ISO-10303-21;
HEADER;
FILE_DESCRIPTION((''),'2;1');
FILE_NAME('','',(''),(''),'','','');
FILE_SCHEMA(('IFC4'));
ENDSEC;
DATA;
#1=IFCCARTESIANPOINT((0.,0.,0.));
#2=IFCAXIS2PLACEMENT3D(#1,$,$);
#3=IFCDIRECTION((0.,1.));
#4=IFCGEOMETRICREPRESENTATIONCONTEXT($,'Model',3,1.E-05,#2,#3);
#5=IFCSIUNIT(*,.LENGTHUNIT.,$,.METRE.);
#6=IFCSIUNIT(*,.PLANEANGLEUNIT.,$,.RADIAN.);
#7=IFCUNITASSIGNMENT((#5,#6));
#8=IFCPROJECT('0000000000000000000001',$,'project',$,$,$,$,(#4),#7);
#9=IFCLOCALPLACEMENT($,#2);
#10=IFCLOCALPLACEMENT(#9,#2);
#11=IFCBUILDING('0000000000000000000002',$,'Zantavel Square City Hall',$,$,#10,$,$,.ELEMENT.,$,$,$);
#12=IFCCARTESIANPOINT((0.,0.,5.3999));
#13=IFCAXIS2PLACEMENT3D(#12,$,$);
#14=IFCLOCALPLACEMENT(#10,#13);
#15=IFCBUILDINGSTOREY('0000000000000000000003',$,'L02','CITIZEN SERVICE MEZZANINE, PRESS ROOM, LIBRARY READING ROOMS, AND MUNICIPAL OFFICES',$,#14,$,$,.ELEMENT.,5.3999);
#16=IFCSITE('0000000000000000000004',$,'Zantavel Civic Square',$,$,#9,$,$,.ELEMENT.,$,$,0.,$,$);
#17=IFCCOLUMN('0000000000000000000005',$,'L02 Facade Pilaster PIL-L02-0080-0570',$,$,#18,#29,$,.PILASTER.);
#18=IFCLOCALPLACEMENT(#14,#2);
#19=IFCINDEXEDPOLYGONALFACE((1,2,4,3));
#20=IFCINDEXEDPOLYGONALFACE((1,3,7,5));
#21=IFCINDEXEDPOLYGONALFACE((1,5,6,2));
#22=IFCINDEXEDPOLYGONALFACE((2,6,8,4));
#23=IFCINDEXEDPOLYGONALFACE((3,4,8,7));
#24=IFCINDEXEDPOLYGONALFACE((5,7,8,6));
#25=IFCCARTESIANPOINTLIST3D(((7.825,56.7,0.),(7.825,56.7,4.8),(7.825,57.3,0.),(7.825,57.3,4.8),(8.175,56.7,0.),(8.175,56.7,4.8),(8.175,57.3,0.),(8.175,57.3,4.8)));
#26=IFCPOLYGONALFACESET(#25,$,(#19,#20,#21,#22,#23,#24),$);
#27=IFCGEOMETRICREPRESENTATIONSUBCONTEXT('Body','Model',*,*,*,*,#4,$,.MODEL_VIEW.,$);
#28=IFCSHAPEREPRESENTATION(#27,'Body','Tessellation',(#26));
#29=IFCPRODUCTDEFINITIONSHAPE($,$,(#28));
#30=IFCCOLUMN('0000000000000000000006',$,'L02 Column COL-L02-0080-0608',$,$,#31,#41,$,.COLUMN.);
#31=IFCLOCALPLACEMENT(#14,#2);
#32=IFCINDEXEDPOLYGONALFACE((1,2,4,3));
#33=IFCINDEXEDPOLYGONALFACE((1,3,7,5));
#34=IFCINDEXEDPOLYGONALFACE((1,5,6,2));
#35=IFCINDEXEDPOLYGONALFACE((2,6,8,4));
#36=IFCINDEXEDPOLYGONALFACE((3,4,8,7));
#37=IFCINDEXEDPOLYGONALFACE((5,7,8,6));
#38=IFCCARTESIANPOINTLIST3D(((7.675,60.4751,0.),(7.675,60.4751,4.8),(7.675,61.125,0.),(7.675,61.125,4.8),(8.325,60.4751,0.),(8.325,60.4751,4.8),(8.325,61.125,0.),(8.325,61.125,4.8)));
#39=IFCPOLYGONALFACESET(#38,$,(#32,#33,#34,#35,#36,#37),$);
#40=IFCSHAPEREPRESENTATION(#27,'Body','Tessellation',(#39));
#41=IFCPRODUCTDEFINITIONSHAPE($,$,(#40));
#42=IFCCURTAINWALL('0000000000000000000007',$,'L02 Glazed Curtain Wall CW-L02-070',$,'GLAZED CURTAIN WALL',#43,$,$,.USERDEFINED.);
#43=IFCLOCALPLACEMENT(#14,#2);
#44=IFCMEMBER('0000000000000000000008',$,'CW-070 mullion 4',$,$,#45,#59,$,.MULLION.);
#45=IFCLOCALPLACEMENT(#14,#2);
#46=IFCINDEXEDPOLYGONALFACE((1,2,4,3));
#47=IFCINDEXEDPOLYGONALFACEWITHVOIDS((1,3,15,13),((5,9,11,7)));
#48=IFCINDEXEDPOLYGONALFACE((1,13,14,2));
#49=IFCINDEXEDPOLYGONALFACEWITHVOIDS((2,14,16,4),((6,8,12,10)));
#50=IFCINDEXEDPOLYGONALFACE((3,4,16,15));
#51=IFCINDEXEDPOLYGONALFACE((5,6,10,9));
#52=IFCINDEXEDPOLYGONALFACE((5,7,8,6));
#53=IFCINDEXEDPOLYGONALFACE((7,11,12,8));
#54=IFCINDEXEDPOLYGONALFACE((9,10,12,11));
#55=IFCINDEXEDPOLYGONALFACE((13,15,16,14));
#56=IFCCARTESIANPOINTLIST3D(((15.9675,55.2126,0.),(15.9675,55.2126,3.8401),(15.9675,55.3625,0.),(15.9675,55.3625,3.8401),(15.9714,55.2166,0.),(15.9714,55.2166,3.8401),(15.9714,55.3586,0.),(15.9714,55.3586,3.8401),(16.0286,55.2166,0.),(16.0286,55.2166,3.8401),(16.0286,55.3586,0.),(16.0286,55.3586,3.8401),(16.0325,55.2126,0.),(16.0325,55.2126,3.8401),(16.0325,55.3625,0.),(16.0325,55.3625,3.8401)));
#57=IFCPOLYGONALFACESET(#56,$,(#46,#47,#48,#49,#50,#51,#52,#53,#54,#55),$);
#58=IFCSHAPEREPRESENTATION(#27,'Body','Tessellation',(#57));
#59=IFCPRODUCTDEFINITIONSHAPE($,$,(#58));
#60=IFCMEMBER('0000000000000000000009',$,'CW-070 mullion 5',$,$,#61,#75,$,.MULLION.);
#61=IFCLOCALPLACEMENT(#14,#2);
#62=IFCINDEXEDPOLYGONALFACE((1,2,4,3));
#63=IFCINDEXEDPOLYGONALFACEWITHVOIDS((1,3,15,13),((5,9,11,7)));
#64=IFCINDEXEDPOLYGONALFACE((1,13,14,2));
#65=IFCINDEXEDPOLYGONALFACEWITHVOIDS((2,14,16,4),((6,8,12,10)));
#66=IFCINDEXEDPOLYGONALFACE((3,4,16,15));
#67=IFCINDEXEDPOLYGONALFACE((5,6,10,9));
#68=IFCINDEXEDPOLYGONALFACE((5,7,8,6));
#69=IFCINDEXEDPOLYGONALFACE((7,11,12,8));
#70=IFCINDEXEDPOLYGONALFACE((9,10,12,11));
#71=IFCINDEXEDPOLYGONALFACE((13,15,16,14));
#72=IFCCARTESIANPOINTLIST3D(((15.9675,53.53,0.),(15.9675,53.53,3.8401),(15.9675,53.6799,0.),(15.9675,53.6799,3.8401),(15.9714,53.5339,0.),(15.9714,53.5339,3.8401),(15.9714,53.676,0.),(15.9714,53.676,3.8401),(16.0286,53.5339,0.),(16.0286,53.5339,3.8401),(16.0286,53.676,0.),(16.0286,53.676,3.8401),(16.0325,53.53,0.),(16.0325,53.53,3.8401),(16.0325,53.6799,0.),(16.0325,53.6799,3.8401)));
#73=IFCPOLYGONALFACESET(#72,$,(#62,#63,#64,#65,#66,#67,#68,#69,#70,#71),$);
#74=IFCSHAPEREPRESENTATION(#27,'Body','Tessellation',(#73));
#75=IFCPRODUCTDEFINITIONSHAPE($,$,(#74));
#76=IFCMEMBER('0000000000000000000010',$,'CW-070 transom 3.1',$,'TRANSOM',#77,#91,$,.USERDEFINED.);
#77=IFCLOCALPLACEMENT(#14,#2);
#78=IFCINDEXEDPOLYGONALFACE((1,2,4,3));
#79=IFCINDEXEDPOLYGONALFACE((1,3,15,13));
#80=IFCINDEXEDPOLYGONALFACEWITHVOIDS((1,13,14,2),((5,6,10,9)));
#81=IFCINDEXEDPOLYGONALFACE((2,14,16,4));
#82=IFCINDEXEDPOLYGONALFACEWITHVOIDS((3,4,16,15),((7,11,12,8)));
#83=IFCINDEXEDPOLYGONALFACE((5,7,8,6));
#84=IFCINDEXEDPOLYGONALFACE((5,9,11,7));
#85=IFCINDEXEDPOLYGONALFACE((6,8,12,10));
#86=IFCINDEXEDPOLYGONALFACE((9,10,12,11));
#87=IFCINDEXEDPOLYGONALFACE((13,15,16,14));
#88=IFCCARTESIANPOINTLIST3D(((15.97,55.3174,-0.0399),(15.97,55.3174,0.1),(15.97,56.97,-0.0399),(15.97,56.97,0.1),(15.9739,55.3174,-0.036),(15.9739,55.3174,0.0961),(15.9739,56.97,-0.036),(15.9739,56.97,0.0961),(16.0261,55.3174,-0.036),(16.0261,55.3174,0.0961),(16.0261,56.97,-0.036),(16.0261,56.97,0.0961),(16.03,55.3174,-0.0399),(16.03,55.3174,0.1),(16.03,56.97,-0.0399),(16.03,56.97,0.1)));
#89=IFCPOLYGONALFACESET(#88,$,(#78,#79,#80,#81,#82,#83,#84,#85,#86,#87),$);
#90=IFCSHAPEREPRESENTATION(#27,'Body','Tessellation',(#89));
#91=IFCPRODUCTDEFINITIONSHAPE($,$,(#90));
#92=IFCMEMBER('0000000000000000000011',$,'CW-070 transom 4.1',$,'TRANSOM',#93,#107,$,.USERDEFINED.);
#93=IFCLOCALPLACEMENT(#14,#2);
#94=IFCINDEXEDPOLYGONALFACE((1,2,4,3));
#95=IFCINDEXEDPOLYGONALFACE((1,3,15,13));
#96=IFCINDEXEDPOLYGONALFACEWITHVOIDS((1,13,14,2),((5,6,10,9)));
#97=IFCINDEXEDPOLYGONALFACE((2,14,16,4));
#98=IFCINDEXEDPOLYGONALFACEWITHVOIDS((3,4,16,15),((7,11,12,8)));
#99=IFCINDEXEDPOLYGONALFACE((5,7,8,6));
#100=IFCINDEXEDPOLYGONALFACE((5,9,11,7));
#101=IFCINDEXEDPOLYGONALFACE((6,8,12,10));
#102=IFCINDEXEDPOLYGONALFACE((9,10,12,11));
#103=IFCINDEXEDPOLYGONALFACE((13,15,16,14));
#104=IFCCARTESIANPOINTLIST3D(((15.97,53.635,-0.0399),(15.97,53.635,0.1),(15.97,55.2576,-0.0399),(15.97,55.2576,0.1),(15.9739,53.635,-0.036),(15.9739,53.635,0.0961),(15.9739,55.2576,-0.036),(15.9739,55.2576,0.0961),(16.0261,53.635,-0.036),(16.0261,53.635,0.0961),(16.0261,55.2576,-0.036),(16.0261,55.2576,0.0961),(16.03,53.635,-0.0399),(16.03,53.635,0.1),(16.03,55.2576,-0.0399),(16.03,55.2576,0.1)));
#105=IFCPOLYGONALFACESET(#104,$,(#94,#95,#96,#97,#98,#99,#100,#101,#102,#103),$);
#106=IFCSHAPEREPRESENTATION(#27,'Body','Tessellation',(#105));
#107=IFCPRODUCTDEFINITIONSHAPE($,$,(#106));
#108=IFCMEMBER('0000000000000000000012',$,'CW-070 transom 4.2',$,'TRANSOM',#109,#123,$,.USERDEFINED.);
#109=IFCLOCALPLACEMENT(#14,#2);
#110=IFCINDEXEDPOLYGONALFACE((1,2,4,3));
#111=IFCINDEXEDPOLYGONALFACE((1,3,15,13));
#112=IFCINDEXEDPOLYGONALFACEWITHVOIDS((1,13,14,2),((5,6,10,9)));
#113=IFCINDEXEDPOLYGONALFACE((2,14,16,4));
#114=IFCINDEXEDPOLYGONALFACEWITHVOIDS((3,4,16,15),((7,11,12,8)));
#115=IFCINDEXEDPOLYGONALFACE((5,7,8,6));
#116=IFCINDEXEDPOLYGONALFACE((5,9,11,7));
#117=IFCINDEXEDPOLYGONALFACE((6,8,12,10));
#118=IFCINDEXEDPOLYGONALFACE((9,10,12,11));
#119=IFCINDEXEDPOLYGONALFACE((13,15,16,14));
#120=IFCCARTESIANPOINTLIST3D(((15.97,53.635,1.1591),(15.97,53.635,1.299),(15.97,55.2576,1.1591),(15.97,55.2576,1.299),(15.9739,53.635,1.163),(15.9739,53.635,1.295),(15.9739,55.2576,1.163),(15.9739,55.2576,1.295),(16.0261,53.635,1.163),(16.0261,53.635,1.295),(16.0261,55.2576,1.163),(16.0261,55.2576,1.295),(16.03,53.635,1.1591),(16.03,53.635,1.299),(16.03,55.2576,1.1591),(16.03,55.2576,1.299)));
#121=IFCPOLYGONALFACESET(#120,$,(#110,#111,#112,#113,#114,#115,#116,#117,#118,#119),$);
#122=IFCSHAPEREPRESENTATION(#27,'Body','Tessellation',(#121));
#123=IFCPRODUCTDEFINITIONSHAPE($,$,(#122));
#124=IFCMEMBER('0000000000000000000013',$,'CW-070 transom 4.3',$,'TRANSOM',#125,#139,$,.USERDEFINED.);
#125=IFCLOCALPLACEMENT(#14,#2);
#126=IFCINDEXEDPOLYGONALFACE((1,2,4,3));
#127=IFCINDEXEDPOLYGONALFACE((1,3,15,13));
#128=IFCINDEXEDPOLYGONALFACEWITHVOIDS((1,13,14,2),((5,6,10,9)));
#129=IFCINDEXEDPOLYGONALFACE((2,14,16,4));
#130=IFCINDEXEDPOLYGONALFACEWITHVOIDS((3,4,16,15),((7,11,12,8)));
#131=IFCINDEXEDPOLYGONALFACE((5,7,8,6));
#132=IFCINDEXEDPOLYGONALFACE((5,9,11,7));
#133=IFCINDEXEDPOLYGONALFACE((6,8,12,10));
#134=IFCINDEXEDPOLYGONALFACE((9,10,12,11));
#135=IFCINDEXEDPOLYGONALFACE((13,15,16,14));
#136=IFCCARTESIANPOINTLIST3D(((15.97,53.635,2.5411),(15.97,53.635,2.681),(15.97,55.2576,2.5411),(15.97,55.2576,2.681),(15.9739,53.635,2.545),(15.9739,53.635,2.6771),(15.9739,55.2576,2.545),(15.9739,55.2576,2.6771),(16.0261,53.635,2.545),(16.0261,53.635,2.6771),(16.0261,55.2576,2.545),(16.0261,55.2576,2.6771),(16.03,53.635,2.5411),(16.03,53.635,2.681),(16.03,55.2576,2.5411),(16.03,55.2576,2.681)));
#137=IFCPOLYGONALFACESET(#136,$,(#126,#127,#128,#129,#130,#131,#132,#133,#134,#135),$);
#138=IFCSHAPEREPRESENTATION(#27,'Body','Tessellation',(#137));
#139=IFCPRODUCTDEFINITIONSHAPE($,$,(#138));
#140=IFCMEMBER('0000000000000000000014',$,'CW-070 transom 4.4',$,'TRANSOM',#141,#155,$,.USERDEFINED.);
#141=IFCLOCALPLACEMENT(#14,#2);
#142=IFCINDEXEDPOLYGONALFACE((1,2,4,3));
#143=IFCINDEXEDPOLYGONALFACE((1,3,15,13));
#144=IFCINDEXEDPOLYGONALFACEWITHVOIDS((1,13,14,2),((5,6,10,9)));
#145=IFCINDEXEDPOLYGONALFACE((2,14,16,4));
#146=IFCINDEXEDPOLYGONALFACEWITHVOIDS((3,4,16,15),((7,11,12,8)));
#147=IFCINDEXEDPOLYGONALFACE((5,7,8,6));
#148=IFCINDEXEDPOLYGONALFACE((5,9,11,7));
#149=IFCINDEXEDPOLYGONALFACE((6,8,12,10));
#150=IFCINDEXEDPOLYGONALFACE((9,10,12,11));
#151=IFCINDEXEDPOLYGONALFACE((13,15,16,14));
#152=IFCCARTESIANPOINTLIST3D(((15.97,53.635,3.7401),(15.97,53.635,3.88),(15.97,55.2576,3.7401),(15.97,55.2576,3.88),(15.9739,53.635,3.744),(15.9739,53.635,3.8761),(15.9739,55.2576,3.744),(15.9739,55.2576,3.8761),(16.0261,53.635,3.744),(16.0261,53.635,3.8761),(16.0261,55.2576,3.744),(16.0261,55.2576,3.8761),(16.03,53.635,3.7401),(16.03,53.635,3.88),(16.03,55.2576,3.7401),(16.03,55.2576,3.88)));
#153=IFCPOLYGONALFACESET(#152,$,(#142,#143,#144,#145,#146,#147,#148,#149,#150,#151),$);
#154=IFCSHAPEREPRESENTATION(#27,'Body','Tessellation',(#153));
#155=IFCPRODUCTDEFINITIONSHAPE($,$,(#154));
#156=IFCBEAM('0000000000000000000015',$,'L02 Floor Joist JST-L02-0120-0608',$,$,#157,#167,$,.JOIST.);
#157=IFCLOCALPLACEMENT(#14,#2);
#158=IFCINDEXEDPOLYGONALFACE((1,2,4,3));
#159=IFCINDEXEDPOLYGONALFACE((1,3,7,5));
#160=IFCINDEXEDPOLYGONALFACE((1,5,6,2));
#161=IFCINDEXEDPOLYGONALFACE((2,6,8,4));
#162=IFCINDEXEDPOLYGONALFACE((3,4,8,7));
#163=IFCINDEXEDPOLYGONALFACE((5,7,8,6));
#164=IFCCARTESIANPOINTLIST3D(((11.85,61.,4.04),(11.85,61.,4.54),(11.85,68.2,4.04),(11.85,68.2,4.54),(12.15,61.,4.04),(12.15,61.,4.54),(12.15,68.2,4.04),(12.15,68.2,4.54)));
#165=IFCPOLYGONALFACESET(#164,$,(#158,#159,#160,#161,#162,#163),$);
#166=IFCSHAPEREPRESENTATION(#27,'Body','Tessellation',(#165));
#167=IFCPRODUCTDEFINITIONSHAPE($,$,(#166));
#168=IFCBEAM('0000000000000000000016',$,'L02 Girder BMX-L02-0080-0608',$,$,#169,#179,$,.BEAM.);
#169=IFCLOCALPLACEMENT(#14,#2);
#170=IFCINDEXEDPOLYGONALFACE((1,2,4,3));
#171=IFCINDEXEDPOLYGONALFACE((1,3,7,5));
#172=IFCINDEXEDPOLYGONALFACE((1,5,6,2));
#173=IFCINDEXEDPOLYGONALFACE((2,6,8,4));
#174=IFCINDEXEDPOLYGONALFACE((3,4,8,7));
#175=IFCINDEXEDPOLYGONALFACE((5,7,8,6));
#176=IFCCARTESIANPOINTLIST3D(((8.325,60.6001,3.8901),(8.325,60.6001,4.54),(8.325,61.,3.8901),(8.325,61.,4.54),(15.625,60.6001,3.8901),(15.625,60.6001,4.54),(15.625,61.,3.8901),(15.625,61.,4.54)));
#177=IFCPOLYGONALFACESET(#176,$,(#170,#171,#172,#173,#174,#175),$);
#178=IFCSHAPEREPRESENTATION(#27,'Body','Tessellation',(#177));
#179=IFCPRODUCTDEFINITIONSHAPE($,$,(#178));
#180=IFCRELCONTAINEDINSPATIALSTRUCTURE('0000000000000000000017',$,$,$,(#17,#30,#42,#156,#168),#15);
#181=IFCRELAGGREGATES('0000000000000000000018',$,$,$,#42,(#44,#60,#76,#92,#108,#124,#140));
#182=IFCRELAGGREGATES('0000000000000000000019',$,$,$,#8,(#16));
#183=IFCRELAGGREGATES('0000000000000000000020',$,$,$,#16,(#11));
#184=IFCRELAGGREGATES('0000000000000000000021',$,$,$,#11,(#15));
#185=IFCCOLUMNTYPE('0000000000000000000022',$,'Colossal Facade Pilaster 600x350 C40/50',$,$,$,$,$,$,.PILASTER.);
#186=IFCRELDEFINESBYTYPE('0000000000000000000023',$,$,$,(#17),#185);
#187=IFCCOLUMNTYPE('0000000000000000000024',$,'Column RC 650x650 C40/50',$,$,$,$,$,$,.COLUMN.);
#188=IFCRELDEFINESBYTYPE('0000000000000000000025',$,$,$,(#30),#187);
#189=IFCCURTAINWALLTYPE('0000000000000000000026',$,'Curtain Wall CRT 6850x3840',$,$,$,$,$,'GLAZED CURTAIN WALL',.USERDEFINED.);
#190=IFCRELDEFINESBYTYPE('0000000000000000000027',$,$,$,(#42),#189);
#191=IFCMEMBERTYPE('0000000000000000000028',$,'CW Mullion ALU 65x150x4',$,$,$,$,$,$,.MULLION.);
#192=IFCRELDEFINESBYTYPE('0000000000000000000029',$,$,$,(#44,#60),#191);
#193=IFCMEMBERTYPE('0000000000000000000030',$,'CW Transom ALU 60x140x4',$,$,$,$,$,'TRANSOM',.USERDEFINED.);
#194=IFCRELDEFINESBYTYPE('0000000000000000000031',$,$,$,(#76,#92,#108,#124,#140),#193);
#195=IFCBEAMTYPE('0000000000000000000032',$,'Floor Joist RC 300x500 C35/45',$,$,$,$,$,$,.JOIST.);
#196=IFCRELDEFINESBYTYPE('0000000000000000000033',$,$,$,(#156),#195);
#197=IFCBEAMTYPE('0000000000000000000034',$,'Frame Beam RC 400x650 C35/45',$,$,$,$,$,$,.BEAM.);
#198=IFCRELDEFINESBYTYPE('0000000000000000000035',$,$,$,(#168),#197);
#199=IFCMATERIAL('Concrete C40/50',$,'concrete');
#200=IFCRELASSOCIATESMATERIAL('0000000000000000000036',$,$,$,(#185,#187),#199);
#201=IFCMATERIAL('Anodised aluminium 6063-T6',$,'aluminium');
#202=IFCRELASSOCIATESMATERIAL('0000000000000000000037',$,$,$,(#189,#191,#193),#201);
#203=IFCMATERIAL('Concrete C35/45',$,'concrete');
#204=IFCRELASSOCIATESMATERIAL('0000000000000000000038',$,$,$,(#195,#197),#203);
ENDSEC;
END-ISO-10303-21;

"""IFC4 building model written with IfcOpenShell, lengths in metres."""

from ifc_helpers import new_model, si_unit, direction, frame, origin, origin_2d, place, context, subcontext, project, spatial, rectangle, hollow_rectangle, extrude, material, material_profile, profile_set, type_object, element, aggregate, save


model = new_model("IFC4")

# Units and contexts
model_context = context("Model", 3, precision=1e-05, world=origin(), true_north=direction((0.0, 1.0)))
body_context = subcontext(model_context, "Body", "Model", "MODEL_VIEW")
ifc_project = project(units=[si_unit("LENGTHUNIT", "METRE"), si_unit("PLANEANGLEUNIT", "RADIAN")], contexts=[model_context])

# Site, building, storey
site_placement = place(None, origin())
site = spatial("IfcSite", under=ifc_project, at=site_placement, Name="Zantavel Civic Square", CompositionType="ELEMENT", RefElevation=0.0)
building_placement = place(site_placement, origin())
building = spatial("IfcBuilding", under=site, at=building_placement, Name="Zantavel Square City Hall", CompositionType="ELEMENT")
storey_placement = place(building_placement, frame((0.0, 0.0, 5.3999)))
storey = spatial("IfcBuildingStorey", under=building, at=storey_placement, Name="L02", Description="CITIZEN SERVICE MEZZANINE, PRESS ROOM, LIBRARY READING ROOMS, AND MUNICIPAL OFFICES", CompositionType="ELEMENT", Elevation=5.3999)

# Columns
ifc_material_1 = material(Name="Concrete C40/50", Category="concrete")
ifc_material_profile_1 = material_profile(ifc_material_1, rectangle(XDim=0.6001, YDim=0.3501, at=origin_2d()), Name="RC 600x350")
ifc_profile_set_1 = profile_set([ifc_material_profile_1], Name="Concrete C40/50")
column_type_1 = type_object("IfcColumnType", Name="Colossal Facade Pilaster 600x350 C40/50", PredefinedType="PILASTER", material=ifc_profile_set_1)
column_1_placement = place(storey_placement, frame((8.0, 57.0, 0.0), z_axis=(0.0, 0.0, 1.0), x_axis=(0.0, 1.0, 0.0)))
element("IfcColumn", 1, at=column_1_placement, inside=storey, type_object=column_type_1, Name="L02 Facade Pilaster PIL-L02-0080-0570", PredefinedType="PILASTER", context=body_context, shape_type="SweptSolid", body=[
    extrude(rectangle(XDim=0.6001, YDim=0.3501, at=origin_2d()), origin(), (0.0, 0.0, 1.0), 4.8),
])
ifc_material_profile_2 = material_profile(ifc_material_1, rectangle(XDim=0.6499, YDim=0.6499, at=origin_2d()), Name="RC 650x650")
ifc_profile_set_2 = profile_set([ifc_material_profile_2], Name="Concrete C40/50")
column_type_2 = type_object("IfcColumnType", Name="Column RC 650x650 C40/50", PredefinedType="COLUMN", material=ifc_profile_set_2)
column_2_placement = place(storey_placement, frame((8.0, 60.8, 0.0), z_axis=(0.0, 0.0, 1.0), x_axis=(1.0, 0.0, 0.0)))
element("IfcColumn", 2, at=column_2_placement, inside=storey, type_object=column_type_2, Name="L02 Column COL-L02-0080-0608", PredefinedType="COLUMN", context=body_context, shape_type="SweptSolid", body=[
    extrude(rectangle(XDim=0.6499, YDim=0.6499, at=origin_2d()), origin(), (0.0, 0.0, 1.0), 4.8),
])

# Curtain wall, members
ifc_material_2 = material(Name="Anodised aluminium 6063-T6", Category="aluminium")
curtain_wall_type = type_object("IfcCurtainWallType", Name="Curtain Wall CRT 6850x3840", ElementType="GLAZED CURTAIN WALL", PredefinedType="USERDEFINED", material=ifc_material_2)
curtain_wall_placement = place(storey_placement, origin())
curtain_wall = element("IfcCurtainWall", 3, at=curtain_wall_placement, inside=storey, type_object=curtain_wall_type, Name="L02 Glazed Curtain Wall CW-L02-070", ObjectType="GLAZED CURTAIN WALL", PredefinedType="USERDEFINED")
ifc_material_profile_3 = material_profile(ifc_material_2, hollow_rectangle(XDim=0.0649, YDim=0.1499, WallThickness=0.0039, at=origin_2d()), Name="ALU 65x150x4")
ifc_profile_set_3 = profile_set([ifc_material_profile_3], Name="Anodised aluminium 6063-T6")
member_type_1 = type_object("IfcMemberType", Name="CW Mullion ALU 65x150x4", PredefinedType="MULLION", material=ifc_profile_set_3)
member_1_placement = place(storey_placement, frame((16.0, 55.2876, 0.0), z_axis=(0.0, 0.0, 1.0), x_axis=(1.0, 0.0, 0.0)))
member_1 = element("IfcMember", 4, at=member_1_placement, type_object=member_type_1, Name="CW-070 mullion 4", PredefinedType="MULLION", context=body_context, shape_type="SweptSolid", body=[
    extrude(hollow_rectangle(XDim=0.0649, YDim=0.1499, WallThickness=0.0039, at=origin_2d()), origin(), (0.0, 0.0, 1.0), 3.8401),
])
member_2_placement = place(storey_placement, frame((16.0, 53.605, 0.0), z_axis=(0.0, 0.0, 1.0), x_axis=(1.0, 0.0, 0.0)))
member_2 = element("IfcMember", 5, at=member_2_placement, type_object=member_type_1, Name="CW-070 mullion 5", PredefinedType="MULLION", context=body_context, shape_type="SweptSolid", body=[
    extrude(hollow_rectangle(XDim=0.0649, YDim=0.1499, WallThickness=0.0039, at=origin_2d()), origin(), (0.0, 0.0, 1.0), 3.8401),
])
ifc_material_profile_4 = material_profile(ifc_material_2, hollow_rectangle(XDim=0.0601, YDim=0.1399, WallThickness=0.0039, at=origin_2d()), Name="ALU 60x140x4")
ifc_profile_set_4 = profile_set([ifc_material_profile_4], Name="Anodised aluminium 6063-T6")
member_type_2 = type_object("IfcMemberType", Name="CW Transom ALU 60x140x4", ElementType="TRANSOM", PredefinedType="USERDEFINED", material=ifc_profile_set_4)
member_3_placement = place(storey_placement, frame((16.0, 56.97, 0.03), z_axis=(0.0, -1.0, 0.0), x_axis=(1.0, 0.0, 0.0)))
member_3 = element("IfcMember", 6, at=member_3_placement, type_object=member_type_2, Name="CW-070 transom 3.1", ObjectType="TRANSOM", PredefinedType="USERDEFINED", context=body_context, shape_type="SweptSolid", body=[
    extrude(hollow_rectangle(XDim=0.0601, YDim=0.1399, WallThickness=0.0039, at=origin_2d()), origin(), (0.0, 0.0, 1.0), 1.6526),
])
member_4_placement = place(storey_placement, frame((16.0, 55.2576, 0.03), z_axis=(0.0, -1.0, 0.0), x_axis=(1.0, 0.0, 0.0)))
member_4 = element("IfcMember", 7, at=member_4_placement, type_object=member_type_2, Name="CW-070 transom 4.1", ObjectType="TRANSOM", PredefinedType="USERDEFINED", context=body_context, shape_type="SweptSolid", body=[
    extrude(hollow_rectangle(XDim=0.0601, YDim=0.1399, WallThickness=0.0039, at=origin_2d()), origin(), (0.0, 0.0, 1.0), 1.6226),
])
member_5_placement = place(storey_placement, frame((16.0, 55.2576, 1.229), z_axis=(0.0, -1.0, 0.0), x_axis=(1.0, 0.0, 0.0)))
member_5 = element("IfcMember", 8, at=member_5_placement, type_object=member_type_2, Name="CW-070 transom 4.2", ObjectType="TRANSOM", PredefinedType="USERDEFINED", context=body_context, shape_type="SweptSolid", body=[
    extrude(hollow_rectangle(XDim=0.0601, YDim=0.1399, WallThickness=0.0039, at=origin_2d()), origin(), (0.0, 0.0, 1.0), 1.6226),
])
member_6_placement = place(storey_placement, frame((16.0, 55.2576, 2.6111), z_axis=(0.0, -1.0, 0.0), x_axis=(1.0, 0.0, 0.0)))
member_6 = element("IfcMember", 9, at=member_6_placement, type_object=member_type_2, Name="CW-070 transom 4.3", ObjectType="TRANSOM", PredefinedType="USERDEFINED", context=body_context, shape_type="SweptSolid", body=[
    extrude(hollow_rectangle(XDim=0.0601, YDim=0.1399, WallThickness=0.0039, at=origin_2d()), origin(), (0.0, 0.0, 1.0), 1.6226),
])
member_7_placement = place(storey_placement, frame((16.0, 55.2576, 3.8101), z_axis=(0.0, -1.0, 0.0), x_axis=(1.0, 0.0, 0.0)))
member_7 = element("IfcMember", 10, at=member_7_placement, type_object=member_type_2, Name="CW-070 transom 4.4", ObjectType="TRANSOM", PredefinedType="USERDEFINED", context=body_context, shape_type="SweptSolid", body=[
    extrude(hollow_rectangle(XDim=0.0601, YDim=0.1399, WallThickness=0.0039, at=origin_2d()), origin(), (0.0, 0.0, 1.0), 1.6226),
])

# Beams
ifc_material_3 = material(Name="Concrete C35/45", Category="concrete")
ifc_material_profile_5 = material_profile(ifc_material_3, rectangle(XDim=0.3, YDim=0.5, at=origin_2d()), Name="RC 300x500")
ifc_profile_set_5 = profile_set([ifc_material_profile_5], Name="Concrete C35/45")
beam_type_1 = type_object("IfcBeamType", Name="Floor Joist RC 300x500 C35/45", PredefinedType="JOIST", material=ifc_profile_set_5)
beam_1_placement = place(storey_placement, frame((12.0, 61.0, 4.29), z_axis=(0.0, 1.0, 0.0), x_axis=(-1.0, 0.0, 0.0)))
element("IfcBeam", 11, at=beam_1_placement, inside=storey, type_object=beam_type_1, Name="L02 Floor Joist JST-L02-0120-0608", PredefinedType="JOIST", context=body_context, shape_type="SweptSolid", body=[
    extrude(rectangle(XDim=0.3, YDim=0.5, at=origin_2d()), origin(), (0.0, 0.0, 1.0), 7.2),
])
ifc_material_profile_6 = material_profile(ifc_material_3, rectangle(XDim=0.3999, YDim=0.6499, at=origin_2d()), Name="RC 400x650")
ifc_profile_set_6 = profile_set([ifc_material_profile_6], Name="Concrete C35/45")
beam_type_2 = type_object("IfcBeamType", Name="Frame Beam RC 400x650 C35/45", PredefinedType="BEAM", material=ifc_profile_set_6)
beam_2_placement = place(storey_placement, frame((8.325, 60.8, 4.2151), z_axis=(1.0, 0.0, 0.0), x_axis=(0.0, 1.0, 0.0)))
element("IfcBeam", 12, at=beam_2_placement, inside=storey, type_object=beam_type_2, Name="L02 Girder BMX-L02-0080-0608", PredefinedType="BEAM", context=body_context, shape_type="SweptSolid", body=[
    extrude(rectangle(XDim=0.3999, YDim=0.6499, at=origin_2d()), origin(), (0.0, 0.0, 1.0), 7.3),
])

aggregate(curtain_wall, [member_1, member_2, member_3, member_4, member_5, member_6, member_7])

save(model, "model.ifc")
